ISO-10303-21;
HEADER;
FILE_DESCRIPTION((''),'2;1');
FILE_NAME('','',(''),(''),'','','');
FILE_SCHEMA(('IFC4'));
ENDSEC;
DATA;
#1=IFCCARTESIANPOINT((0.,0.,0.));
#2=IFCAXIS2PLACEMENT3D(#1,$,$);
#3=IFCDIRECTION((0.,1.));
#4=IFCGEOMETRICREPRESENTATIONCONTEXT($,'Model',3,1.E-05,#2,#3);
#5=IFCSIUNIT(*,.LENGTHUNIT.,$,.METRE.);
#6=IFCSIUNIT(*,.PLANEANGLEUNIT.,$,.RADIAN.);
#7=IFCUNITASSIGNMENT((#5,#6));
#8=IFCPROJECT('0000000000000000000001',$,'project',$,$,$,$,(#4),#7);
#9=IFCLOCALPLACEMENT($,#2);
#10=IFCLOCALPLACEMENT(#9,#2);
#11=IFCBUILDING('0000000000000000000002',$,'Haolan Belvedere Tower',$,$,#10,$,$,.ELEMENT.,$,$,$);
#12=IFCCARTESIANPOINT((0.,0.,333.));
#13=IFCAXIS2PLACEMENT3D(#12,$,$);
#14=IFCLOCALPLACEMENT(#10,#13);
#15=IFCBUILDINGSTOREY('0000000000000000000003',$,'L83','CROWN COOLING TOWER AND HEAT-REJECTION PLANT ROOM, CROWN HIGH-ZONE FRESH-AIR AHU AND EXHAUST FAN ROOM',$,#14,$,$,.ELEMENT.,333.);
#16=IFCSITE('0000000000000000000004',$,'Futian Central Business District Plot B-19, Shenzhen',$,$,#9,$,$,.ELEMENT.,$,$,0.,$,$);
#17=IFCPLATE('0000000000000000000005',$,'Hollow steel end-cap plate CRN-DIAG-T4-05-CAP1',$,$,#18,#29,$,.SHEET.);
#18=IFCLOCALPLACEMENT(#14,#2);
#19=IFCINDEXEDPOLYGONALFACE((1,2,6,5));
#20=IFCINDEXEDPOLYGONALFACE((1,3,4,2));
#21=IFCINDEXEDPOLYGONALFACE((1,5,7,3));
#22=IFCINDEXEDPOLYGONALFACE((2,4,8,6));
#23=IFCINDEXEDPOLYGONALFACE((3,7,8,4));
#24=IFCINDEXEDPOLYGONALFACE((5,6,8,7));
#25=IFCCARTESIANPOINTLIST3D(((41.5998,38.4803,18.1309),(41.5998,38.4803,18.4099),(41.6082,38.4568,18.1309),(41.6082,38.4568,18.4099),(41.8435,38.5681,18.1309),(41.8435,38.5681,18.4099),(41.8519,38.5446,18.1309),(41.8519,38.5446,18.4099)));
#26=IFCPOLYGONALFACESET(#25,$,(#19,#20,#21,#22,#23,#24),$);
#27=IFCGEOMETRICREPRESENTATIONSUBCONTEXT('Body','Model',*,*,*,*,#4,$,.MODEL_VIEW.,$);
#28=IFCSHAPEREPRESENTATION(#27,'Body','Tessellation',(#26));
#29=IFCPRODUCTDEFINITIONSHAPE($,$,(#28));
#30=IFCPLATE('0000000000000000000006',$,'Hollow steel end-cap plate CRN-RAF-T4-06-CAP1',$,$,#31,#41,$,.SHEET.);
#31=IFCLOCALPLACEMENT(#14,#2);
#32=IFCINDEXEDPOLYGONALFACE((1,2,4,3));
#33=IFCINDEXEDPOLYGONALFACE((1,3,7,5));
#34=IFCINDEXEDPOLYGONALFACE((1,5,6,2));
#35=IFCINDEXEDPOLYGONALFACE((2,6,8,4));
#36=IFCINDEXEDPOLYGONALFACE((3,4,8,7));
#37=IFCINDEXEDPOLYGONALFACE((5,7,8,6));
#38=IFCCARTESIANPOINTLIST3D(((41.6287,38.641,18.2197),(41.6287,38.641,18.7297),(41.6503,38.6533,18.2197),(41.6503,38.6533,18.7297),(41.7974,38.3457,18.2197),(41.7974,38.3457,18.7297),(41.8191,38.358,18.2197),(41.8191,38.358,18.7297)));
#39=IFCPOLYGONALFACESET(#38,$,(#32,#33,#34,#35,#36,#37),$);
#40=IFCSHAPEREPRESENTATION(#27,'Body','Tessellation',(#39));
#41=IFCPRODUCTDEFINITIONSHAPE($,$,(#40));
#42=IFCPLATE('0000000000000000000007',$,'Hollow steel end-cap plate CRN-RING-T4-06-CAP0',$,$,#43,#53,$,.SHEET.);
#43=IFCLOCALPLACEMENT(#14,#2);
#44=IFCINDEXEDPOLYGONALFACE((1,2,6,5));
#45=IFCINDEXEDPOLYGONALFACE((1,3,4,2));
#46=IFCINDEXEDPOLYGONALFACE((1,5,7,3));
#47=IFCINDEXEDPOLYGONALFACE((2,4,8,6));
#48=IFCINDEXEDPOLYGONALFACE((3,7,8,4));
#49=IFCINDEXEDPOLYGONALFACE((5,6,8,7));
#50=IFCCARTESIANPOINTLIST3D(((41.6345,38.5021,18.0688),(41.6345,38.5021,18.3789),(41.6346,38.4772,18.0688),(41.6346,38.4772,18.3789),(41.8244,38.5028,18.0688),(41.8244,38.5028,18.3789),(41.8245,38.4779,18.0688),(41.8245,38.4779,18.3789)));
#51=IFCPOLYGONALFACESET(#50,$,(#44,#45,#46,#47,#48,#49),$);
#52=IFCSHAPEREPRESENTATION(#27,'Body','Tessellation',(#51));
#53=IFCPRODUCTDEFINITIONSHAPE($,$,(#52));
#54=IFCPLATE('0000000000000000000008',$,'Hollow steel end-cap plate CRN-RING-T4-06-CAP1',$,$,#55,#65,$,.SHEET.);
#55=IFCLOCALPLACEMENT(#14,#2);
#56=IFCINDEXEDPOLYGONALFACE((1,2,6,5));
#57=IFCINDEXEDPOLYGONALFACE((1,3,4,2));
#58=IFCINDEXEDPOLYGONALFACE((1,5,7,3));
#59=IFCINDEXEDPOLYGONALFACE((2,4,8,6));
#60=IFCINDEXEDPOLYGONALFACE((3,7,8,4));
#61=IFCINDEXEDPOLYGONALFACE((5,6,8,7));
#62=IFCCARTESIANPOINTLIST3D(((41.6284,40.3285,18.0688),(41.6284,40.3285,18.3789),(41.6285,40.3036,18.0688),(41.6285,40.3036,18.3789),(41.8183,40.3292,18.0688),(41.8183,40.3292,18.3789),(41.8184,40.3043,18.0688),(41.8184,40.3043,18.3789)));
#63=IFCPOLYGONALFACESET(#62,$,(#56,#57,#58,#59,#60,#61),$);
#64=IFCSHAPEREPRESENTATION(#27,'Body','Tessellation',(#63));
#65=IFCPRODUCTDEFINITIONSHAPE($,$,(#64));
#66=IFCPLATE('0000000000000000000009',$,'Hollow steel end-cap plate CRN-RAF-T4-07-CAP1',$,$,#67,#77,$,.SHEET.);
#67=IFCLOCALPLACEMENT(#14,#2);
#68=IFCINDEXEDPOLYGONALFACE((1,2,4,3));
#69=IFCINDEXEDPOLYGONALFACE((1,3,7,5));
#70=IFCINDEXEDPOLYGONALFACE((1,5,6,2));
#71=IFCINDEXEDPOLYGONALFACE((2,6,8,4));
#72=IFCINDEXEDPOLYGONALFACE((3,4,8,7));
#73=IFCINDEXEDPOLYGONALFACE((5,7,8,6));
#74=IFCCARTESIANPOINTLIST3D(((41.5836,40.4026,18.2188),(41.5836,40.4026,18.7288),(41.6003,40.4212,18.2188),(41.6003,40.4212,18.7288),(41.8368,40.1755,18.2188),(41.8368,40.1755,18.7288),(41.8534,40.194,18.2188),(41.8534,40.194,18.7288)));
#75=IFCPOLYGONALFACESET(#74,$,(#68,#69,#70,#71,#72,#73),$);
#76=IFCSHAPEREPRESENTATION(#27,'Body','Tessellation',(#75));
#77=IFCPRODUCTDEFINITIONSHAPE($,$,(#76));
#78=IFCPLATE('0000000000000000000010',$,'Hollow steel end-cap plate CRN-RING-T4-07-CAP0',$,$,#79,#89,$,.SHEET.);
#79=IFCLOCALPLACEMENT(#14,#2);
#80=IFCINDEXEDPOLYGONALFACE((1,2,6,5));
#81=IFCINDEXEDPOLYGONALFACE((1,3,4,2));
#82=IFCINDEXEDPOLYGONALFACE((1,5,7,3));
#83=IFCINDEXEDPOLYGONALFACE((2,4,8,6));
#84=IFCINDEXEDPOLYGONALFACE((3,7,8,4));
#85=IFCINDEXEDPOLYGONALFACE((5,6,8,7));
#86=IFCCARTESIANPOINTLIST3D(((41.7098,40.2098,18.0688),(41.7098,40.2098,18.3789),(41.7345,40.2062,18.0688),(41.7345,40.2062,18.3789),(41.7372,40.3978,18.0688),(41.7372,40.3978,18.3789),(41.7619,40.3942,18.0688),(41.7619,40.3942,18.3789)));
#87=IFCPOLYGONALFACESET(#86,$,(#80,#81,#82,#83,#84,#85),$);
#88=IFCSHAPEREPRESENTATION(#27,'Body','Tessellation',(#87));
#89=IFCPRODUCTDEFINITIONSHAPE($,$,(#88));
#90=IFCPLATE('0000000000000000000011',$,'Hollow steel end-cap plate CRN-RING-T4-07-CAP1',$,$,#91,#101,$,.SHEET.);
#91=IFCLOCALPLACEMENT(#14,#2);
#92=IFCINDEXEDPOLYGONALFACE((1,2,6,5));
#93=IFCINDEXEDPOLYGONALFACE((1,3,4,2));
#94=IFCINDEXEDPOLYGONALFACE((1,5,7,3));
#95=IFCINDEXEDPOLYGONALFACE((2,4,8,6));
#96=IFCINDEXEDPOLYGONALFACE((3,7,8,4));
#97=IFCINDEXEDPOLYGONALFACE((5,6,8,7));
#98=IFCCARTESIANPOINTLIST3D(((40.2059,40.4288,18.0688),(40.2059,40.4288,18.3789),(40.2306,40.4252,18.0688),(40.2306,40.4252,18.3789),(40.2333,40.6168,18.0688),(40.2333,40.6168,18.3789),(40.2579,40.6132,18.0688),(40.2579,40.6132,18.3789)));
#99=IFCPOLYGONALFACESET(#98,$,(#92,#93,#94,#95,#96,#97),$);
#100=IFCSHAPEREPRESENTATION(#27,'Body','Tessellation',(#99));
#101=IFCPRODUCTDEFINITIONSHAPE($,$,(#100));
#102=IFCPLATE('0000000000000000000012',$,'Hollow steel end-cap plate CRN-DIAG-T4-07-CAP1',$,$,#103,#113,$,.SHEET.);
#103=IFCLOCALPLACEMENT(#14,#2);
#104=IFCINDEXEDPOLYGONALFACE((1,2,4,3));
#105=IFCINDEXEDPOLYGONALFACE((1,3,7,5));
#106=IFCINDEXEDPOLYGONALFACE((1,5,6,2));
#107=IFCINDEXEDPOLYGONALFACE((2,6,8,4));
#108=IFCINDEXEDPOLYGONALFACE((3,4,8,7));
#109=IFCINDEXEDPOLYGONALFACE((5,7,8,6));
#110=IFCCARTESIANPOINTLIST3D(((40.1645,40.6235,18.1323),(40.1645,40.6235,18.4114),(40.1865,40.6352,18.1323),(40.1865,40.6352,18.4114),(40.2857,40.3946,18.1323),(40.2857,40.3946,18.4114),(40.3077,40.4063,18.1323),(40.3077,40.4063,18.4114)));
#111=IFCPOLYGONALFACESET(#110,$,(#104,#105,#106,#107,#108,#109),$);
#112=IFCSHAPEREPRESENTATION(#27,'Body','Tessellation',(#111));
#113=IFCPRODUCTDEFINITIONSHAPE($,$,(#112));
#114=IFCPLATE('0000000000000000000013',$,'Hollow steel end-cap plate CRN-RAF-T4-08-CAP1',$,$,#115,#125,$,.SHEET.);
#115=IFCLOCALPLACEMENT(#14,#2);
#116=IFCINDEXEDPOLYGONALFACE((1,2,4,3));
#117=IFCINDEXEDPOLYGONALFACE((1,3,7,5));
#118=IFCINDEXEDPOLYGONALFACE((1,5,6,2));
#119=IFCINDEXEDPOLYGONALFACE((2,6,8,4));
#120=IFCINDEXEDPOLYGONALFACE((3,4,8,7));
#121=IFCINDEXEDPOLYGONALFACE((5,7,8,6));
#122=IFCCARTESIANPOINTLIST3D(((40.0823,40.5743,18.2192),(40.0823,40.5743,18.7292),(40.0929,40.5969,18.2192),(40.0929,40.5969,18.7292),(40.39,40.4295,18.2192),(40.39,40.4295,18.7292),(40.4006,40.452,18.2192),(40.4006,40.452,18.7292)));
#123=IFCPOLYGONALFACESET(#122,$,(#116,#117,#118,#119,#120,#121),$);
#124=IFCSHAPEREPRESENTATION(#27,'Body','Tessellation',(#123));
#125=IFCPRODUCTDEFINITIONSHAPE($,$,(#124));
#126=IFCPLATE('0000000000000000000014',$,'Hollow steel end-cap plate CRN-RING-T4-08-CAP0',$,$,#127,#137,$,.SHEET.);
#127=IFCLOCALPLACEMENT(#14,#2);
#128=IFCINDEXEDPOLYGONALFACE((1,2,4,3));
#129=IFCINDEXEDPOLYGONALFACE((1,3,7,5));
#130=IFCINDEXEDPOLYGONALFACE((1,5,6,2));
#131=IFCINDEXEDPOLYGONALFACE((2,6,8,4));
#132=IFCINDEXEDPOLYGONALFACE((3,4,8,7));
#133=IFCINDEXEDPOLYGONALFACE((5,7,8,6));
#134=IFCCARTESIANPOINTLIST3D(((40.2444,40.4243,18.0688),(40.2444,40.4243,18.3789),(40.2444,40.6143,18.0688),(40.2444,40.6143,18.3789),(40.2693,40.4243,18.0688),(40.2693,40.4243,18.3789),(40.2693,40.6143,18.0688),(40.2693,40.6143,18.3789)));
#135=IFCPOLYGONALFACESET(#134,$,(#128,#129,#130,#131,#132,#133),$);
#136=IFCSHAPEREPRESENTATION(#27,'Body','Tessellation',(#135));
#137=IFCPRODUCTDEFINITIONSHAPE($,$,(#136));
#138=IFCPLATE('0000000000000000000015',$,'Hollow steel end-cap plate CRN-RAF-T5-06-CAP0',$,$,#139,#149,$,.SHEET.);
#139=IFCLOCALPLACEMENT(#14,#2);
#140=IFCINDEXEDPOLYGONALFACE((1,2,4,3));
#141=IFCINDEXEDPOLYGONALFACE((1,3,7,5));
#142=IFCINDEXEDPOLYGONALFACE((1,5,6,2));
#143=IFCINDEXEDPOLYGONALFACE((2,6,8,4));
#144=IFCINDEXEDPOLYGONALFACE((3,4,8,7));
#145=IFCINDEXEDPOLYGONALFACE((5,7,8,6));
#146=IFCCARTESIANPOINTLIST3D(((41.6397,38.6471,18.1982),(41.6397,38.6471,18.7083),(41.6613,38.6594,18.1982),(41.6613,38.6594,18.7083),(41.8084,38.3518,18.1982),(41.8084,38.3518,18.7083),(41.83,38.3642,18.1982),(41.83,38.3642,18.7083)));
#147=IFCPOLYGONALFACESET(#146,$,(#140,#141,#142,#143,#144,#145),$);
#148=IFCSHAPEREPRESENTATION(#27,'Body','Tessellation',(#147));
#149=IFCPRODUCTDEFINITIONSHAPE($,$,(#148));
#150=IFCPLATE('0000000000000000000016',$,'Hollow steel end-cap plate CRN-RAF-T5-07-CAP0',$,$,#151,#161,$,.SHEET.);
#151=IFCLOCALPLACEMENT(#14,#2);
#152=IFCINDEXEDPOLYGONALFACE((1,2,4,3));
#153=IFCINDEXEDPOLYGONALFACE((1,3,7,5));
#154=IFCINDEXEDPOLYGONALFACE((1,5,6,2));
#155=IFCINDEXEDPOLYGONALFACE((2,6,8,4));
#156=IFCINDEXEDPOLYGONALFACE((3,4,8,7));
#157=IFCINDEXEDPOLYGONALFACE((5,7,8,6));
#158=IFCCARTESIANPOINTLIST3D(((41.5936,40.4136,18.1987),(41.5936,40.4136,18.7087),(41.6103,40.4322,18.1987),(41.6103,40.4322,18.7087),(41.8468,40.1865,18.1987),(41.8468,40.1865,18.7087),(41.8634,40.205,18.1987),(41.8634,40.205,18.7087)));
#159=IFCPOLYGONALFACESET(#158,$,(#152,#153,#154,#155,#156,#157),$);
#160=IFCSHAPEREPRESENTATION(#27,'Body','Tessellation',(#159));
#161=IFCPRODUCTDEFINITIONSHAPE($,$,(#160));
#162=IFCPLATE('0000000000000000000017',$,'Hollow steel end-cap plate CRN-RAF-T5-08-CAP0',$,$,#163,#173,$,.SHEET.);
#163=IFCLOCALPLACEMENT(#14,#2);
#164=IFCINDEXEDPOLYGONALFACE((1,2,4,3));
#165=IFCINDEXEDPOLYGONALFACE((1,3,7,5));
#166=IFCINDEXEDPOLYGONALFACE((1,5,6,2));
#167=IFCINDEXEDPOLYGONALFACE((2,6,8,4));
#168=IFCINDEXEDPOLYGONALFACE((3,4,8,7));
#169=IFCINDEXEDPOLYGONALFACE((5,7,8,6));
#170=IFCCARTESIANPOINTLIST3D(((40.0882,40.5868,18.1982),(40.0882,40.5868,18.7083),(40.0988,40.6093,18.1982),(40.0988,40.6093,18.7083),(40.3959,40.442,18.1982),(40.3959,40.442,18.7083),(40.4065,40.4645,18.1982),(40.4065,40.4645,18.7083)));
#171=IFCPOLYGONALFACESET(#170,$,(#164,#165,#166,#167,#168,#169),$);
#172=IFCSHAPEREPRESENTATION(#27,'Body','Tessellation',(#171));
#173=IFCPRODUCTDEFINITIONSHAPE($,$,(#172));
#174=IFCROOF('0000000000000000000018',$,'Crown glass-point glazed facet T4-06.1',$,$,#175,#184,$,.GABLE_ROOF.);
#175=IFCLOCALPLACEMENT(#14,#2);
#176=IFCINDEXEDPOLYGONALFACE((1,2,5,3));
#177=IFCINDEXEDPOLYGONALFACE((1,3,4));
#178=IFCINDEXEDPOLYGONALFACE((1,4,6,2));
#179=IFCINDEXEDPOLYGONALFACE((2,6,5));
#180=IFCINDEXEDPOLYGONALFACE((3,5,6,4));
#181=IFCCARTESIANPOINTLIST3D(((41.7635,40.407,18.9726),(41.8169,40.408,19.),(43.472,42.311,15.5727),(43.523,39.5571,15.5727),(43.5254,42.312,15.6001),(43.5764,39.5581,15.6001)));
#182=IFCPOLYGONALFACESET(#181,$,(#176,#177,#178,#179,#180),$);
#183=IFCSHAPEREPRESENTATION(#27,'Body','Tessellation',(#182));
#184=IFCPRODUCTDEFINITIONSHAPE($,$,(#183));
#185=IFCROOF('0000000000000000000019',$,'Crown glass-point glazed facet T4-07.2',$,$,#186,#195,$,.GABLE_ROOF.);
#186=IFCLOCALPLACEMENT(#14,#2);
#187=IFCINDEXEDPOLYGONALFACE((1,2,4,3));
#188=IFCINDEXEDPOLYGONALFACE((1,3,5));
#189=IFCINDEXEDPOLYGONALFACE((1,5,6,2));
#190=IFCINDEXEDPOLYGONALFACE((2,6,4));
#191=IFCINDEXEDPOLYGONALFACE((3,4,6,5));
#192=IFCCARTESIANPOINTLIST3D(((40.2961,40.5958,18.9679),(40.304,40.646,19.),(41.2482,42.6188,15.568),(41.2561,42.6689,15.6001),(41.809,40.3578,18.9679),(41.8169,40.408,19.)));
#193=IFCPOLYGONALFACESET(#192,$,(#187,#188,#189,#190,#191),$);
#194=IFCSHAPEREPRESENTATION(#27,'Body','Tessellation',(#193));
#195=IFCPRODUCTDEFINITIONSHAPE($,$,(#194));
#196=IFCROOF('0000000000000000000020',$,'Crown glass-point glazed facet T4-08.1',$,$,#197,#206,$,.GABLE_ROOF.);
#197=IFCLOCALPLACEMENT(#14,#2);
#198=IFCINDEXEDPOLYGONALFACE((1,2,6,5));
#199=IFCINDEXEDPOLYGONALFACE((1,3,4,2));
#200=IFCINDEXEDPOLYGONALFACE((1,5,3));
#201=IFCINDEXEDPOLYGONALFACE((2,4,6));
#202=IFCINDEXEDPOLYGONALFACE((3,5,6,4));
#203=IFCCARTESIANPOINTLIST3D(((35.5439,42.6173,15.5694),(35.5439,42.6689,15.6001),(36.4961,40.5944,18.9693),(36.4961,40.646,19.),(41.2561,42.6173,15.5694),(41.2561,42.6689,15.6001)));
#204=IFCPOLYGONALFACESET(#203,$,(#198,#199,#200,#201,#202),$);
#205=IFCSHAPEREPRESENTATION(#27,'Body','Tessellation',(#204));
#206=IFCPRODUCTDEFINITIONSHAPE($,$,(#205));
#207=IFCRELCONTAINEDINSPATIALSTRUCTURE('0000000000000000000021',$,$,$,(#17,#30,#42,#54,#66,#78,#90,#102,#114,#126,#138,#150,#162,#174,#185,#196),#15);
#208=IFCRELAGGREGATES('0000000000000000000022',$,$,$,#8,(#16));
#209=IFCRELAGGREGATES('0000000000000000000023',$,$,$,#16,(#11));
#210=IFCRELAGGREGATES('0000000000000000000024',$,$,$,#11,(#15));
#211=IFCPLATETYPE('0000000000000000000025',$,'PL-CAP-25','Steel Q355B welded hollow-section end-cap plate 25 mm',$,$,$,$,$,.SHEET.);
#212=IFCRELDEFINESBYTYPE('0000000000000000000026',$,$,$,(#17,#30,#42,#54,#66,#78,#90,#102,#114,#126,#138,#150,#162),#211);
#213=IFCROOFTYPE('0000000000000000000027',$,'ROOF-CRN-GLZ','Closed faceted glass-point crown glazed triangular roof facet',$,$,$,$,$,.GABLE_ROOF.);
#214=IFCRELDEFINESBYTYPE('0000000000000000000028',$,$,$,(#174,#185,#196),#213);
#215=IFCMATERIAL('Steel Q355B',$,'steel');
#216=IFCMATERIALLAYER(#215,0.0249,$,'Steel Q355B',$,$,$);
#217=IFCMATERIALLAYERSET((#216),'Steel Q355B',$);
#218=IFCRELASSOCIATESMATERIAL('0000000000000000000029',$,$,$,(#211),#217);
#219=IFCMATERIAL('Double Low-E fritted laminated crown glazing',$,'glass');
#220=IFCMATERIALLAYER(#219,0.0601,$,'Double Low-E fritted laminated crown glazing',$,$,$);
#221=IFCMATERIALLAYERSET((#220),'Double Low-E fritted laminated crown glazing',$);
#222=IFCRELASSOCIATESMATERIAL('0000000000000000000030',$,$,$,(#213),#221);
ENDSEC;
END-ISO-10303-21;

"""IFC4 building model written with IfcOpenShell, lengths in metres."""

from ifc_helpers import new_model, si_unit, direction, frame, origin, origin_2d, place, context, subcontext, project, spatial, polyline, rectangle, outline, extrude, material, layer, layer_set, type_object, element, save


model = new_model("IFC4")

# Units and contexts
model_context = context("Model", 3, precision=1e-05, world=origin(), true_north=direction((0.0, 1.0)))
body_context = subcontext(model_context, "Body", "Model", "MODEL_VIEW")
ifc_project = project(units=[si_unit("LENGTHUNIT", "METRE"), si_unit("PLANEANGLEUNIT", "RADIAN")], contexts=[model_context])

# Site, building, storey
site_placement = place(None, origin())
site = spatial("IfcSite", under=ifc_project, at=site_placement, Name="Futian Central Business District Plot B-19, Shenzhen", CompositionType="ELEMENT", RefElevation=0.0)
building_placement = place(site_placement, origin())
building = spatial("IfcBuilding", under=site, at=building_placement, Name="Haolan Belvedere Tower", CompositionType="ELEMENT")
storey_placement = place(building_placement, frame((0.0, 0.0, 333.0)))
storey = spatial("IfcBuildingStorey", under=building, at=storey_placement, Name="L83", Description="CROWN COOLING TOWER AND HEAT-REJECTION PLANT ROOM, CROWN HIGH-ZONE FRESH-AIR AHU AND EXHAUST FAN ROOM", CompositionType="ELEMENT", Elevation=333.0)

# Shared definitions
ifc_material_1 = material(Name="Steel Q355B", Category="steel")

# Plates
ifc_layer_1 = layer(ifc_material_1, 0.0249, Name="Steel Q355B")
ifc_layer_set_1 = layer_set([ifc_layer_1], Name="Steel Q355B")
plate_type = type_object("IfcPlateType", Name="PL-CAP-25", Description="Steel Q355B welded hollow-section end-cap plate 25 mm", PredefinedType="SHEET", material=ifc_layer_set_1)
plate_1_placement = place(storey_placement, frame((41.7258, 38.5125, 18.1309), z_axis=(0.0, 0.0, 1.0), x_axis=(-0.940839, -0.338853, 0.0)))
element("IfcPlate", 1, at=plate_1_placement, inside=storey, type_object=plate_type, Name="Hollow steel end-cap plate CRN-DIAG-T4-05-CAP1", PredefinedType="SHEET", context=body_context, shape_type="SweptSolid", body=[
    extrude(rectangle(XDim=0.259, YDim=0.0249, at=origin_2d()), origin(), (0.0, 0.0, 1.0), 0.2791),
])
plate_2_placement = place(storey_placement, frame((41.7239, 38.4995, 18.2197), z_axis=(0.0, 0.0, 1.0), x_axis=(0.496141, -0.868242, 0.0)))
element("IfcPlate", 2, at=plate_2_placement, inside=storey, type_object=plate_type, Name="Hollow steel end-cap plate CRN-RAF-T4-06-CAP1", PredefinedType="SHEET", context=body_context, shape_type="SweptSolid", body=[
    extrude(rectangle(XDim=0.3401, YDim=0.0249, at=origin_2d()), origin(), (0.0, 0.0, 1.0), 0.51),
])
for number, where, z_axis, x_axis, name in (
    (3, (41.7295, 38.49, 18.0688), (0.0, 0.0, 1.0), (0.999995, 0.003281, 0.0), "Hollow steel end-cap plate CRN-RING-T4-06-CAP0"),
    (4, (41.7234, 40.3164, 18.0688), (0.0, 0.0, 1.0), (-0.999995, -0.003281, 0.0), "Hollow steel end-cap plate CRN-RING-T4-06-CAP1"),
):
    element("IfcPlate", number, at=place(storey_placement, frame(where, z_axis=z_axis, x_axis=x_axis)), inside=storey, type_object=plate_type, Name=name, PredefinedType="SHEET", context=body_context, shape_type="SweptSolid", body=[
        extrude(rectangle(XDim=0.1899, YDim=0.0249, at=origin_2d()), origin(), (0.0, 0.0, 1.0), 0.3101),
    ])
plate_3_placement = place(storey_placement, frame((41.7185, 40.2983, 18.2188), z_axis=(0.0, 0.0, 1.0), x_axis=(0.744288, -0.667859, 0.0)))
element("IfcPlate", 5, at=plate_3_placement, inside=storey, type_object=plate_type, Name="Hollow steel end-cap plate CRN-RAF-T4-07-CAP1", PredefinedType="SHEET", context=body_context, shape_type="SweptSolid", body=[
    extrude(rectangle(XDim=0.3401, YDim=0.0249, at=origin_2d()), origin(), (0.0, 0.0, 1.0), 0.51),
])
for number, where, z_axis, x_axis, name in (
    (6, (41.7358, 40.302, 18.0688), (0.0, 0.0, 1.0), (0.144166, 0.989553, 0.0), "Hollow steel end-cap plate CRN-RING-T4-07-CAP0"),
    (7, (40.2319, 40.521, 18.0688), (0.0, 0.0, 1.0), (-0.144166, -0.989553, 0.0), "Hollow steel end-cap plate CRN-RING-T4-07-CAP1"),
):
    element("IfcPlate", number, at=place(storey_placement, frame(where, z_axis=z_axis, x_axis=x_axis)), inside=storey, type_object=plate_type, Name=name, PredefinedType="SHEET", context=body_context, shape_type="SweptSolid", body=[
        extrude(rectangle(XDim=0.1899, YDim=0.0249, at=origin_2d()), origin(), (0.0, 0.0, 1.0), 0.3101),
    ])
plate_4_placement = place(storey_placement, frame((40.2361, 40.5149, 18.1323), z_axis=(0.0, 0.0, 1.0), x_axis=(0.468099, -0.883676, 0.0)))
element("IfcPlate", 8, at=plate_4_placement, inside=storey, type_object=plate_type, Name="Hollow steel end-cap plate CRN-DIAG-T4-07-CAP1", PredefinedType="SHEET", context=body_context, shape_type="SweptSolid", body=[
    extrude(rectangle(XDim=0.259, YDim=0.0249, at=origin_2d()), origin(), (0.0, 0.0, 1.0), 0.2791),
])
plate_5_placement = place(storey_placement, frame((40.2415, 40.5132, 18.2192), z_axis=(0.0, 0.0, 1.0), x_axis=(0.90482, -0.425795, 0.0)))
element("IfcPlate", 9, at=plate_5_placement, inside=storey, type_object=plate_type, Name="Hollow steel end-cap plate CRN-RAF-T4-08-CAP1", PredefinedType="SHEET", context=body_context, shape_type="SweptSolid", body=[
    extrude(rectangle(XDim=0.3401, YDim=0.0249, at=origin_2d()), origin(), (0.0, 0.0, 1.0), 0.51),
])
plate_6_placement = place(storey_placement, frame((40.2568, 40.5193, 18.0688), z_axis=(0.0, 0.0, 1.0), x_axis=(0.0, 1.0, 0.0)))
element("IfcPlate", 10, at=plate_6_placement, inside=storey, type_object=plate_type, Name="Hollow steel end-cap plate CRN-RING-T4-08-CAP0", PredefinedType="SHEET", context=body_context, shape_type="SweptSolid", body=[
    extrude(rectangle(XDim=0.1899, YDim=0.0249, at=origin_2d()), origin(), (0.0, 0.0, 1.0), 0.3101),
])
for number, where, z_axis, x_axis, name in (
    (11, (41.7349, 38.5056, 18.1982), (0.0, 0.0, 1.0), (-0.496141, 0.868242, 0.0), "Hollow steel end-cap plate CRN-RAF-T5-06-CAP0"),
    (12, (41.7285, 40.3093, 18.1987), (0.0, 0.0, 1.0), (-0.744288, 0.667859, 0.0), "Hollow steel end-cap plate CRN-RAF-T5-07-CAP0"),
    (13, (40.2473, 40.5256, 18.1982), (0.0, 0.0, 1.0), (-0.90482, 0.425795, 0.0), "Hollow steel end-cap plate CRN-RAF-T5-08-CAP0"),
):
    element("IfcPlate", number, at=place(storey_placement, frame(where, z_axis=z_axis, x_axis=x_axis)), inside=storey, type_object=plate_type, Name=name, PredefinedType="SHEET", context=body_context, shape_type="SweptSolid", body=[
        extrude(rectangle(XDim=0.3401, YDim=0.0249, at=origin_2d()), origin(), (0.0, 0.0, 1.0), 0.51),
    ])

# Roofs
ifc_material_2 = material(Name="Double Low-E fritted laminated crown glazing", Category="glass")
ifc_layer_2 = layer(ifc_material_2, 0.0601, Name="Double Low-E fritted laminated crown glazing")
ifc_layer_set_2 = layer_set([ifc_layer_2], Name="Double Low-E fritted laminated crown glazing")
roof_type_1 = type_object("IfcRoofType", Name="ROOF-CRN-GLZ", Description="Closed faceted glass-point crown glazed triangular roof facet", PredefinedType="GABLE_ROOF", material=ifc_layer_set_2)
roof_1_placement = place(storey_placement, frame((43.5764, 39.5581, 15.6001), z_axis=(0.889672, 0.016484, 0.456303), x_axis=(-0.018525, 0.999828, 0.0)))
element("IfcRoof", 14, at=roof_1_placement, inside=storey, type_object=roof_type_1, Name="Crown glass-point glazed facet T4-06.1", PredefinedType="GABLE_ROOF", context=body_context, shape_type="SweptSolid", body=[
    extrude(outline(polyline([(0.0, 0.0), (2.7544, 0.0), (0.8823, 3.8209), (0.0, 0.0)])), origin(), (0.0, 0.0, -1.0), 0.0601),
])
roof_2_placement = place(storey_placement, frame((41.2561, 42.6689, 15.6001), z_axis=(0.131424, 0.835321, 0.533823), x_axis=(-0.23399, -0.497139, 0.835525)))
element("IfcRoof", 15, at=roof_2_placement, inside=storey, type_object=roof_type_1, Name="Crown glass-point glazed facet T4-07.2", PredefinedType="GABLE_ROOF", context=body_context, shape_type="SweptSolid", body=[
    extrude(outline(polyline([(0.0, 0.0), (4.0692, 0.0), (3.8335, 1.5133), (0.0, 0.0)])), origin(), (0.0, 0.0, -1.0), 0.0601),
])
roof_3_placement = place(storey_placement, frame((41.2561, 42.6689, 15.6001), z_axis=(0.0, 0.859382, 0.511334), x_axis=(-1.0, 0.0, 0.0)))
element("IfcRoof", 16, at=roof_3_placement, inside=storey, type_object=roof_type_1, Name="Crown glass-point glazed facet T4-08.1", PredefinedType="GABLE_ROOF", context=body_context, shape_type="SweptSolid", body=[
    extrude(outline(polyline([(0.0, 0.0), (5.7122, 0.0), (4.76, 3.9562), (0.0, 0.0)])), origin(), (0.0, 0.0, -1.0), 0.0601),
])

save(model, "model.ifc")
